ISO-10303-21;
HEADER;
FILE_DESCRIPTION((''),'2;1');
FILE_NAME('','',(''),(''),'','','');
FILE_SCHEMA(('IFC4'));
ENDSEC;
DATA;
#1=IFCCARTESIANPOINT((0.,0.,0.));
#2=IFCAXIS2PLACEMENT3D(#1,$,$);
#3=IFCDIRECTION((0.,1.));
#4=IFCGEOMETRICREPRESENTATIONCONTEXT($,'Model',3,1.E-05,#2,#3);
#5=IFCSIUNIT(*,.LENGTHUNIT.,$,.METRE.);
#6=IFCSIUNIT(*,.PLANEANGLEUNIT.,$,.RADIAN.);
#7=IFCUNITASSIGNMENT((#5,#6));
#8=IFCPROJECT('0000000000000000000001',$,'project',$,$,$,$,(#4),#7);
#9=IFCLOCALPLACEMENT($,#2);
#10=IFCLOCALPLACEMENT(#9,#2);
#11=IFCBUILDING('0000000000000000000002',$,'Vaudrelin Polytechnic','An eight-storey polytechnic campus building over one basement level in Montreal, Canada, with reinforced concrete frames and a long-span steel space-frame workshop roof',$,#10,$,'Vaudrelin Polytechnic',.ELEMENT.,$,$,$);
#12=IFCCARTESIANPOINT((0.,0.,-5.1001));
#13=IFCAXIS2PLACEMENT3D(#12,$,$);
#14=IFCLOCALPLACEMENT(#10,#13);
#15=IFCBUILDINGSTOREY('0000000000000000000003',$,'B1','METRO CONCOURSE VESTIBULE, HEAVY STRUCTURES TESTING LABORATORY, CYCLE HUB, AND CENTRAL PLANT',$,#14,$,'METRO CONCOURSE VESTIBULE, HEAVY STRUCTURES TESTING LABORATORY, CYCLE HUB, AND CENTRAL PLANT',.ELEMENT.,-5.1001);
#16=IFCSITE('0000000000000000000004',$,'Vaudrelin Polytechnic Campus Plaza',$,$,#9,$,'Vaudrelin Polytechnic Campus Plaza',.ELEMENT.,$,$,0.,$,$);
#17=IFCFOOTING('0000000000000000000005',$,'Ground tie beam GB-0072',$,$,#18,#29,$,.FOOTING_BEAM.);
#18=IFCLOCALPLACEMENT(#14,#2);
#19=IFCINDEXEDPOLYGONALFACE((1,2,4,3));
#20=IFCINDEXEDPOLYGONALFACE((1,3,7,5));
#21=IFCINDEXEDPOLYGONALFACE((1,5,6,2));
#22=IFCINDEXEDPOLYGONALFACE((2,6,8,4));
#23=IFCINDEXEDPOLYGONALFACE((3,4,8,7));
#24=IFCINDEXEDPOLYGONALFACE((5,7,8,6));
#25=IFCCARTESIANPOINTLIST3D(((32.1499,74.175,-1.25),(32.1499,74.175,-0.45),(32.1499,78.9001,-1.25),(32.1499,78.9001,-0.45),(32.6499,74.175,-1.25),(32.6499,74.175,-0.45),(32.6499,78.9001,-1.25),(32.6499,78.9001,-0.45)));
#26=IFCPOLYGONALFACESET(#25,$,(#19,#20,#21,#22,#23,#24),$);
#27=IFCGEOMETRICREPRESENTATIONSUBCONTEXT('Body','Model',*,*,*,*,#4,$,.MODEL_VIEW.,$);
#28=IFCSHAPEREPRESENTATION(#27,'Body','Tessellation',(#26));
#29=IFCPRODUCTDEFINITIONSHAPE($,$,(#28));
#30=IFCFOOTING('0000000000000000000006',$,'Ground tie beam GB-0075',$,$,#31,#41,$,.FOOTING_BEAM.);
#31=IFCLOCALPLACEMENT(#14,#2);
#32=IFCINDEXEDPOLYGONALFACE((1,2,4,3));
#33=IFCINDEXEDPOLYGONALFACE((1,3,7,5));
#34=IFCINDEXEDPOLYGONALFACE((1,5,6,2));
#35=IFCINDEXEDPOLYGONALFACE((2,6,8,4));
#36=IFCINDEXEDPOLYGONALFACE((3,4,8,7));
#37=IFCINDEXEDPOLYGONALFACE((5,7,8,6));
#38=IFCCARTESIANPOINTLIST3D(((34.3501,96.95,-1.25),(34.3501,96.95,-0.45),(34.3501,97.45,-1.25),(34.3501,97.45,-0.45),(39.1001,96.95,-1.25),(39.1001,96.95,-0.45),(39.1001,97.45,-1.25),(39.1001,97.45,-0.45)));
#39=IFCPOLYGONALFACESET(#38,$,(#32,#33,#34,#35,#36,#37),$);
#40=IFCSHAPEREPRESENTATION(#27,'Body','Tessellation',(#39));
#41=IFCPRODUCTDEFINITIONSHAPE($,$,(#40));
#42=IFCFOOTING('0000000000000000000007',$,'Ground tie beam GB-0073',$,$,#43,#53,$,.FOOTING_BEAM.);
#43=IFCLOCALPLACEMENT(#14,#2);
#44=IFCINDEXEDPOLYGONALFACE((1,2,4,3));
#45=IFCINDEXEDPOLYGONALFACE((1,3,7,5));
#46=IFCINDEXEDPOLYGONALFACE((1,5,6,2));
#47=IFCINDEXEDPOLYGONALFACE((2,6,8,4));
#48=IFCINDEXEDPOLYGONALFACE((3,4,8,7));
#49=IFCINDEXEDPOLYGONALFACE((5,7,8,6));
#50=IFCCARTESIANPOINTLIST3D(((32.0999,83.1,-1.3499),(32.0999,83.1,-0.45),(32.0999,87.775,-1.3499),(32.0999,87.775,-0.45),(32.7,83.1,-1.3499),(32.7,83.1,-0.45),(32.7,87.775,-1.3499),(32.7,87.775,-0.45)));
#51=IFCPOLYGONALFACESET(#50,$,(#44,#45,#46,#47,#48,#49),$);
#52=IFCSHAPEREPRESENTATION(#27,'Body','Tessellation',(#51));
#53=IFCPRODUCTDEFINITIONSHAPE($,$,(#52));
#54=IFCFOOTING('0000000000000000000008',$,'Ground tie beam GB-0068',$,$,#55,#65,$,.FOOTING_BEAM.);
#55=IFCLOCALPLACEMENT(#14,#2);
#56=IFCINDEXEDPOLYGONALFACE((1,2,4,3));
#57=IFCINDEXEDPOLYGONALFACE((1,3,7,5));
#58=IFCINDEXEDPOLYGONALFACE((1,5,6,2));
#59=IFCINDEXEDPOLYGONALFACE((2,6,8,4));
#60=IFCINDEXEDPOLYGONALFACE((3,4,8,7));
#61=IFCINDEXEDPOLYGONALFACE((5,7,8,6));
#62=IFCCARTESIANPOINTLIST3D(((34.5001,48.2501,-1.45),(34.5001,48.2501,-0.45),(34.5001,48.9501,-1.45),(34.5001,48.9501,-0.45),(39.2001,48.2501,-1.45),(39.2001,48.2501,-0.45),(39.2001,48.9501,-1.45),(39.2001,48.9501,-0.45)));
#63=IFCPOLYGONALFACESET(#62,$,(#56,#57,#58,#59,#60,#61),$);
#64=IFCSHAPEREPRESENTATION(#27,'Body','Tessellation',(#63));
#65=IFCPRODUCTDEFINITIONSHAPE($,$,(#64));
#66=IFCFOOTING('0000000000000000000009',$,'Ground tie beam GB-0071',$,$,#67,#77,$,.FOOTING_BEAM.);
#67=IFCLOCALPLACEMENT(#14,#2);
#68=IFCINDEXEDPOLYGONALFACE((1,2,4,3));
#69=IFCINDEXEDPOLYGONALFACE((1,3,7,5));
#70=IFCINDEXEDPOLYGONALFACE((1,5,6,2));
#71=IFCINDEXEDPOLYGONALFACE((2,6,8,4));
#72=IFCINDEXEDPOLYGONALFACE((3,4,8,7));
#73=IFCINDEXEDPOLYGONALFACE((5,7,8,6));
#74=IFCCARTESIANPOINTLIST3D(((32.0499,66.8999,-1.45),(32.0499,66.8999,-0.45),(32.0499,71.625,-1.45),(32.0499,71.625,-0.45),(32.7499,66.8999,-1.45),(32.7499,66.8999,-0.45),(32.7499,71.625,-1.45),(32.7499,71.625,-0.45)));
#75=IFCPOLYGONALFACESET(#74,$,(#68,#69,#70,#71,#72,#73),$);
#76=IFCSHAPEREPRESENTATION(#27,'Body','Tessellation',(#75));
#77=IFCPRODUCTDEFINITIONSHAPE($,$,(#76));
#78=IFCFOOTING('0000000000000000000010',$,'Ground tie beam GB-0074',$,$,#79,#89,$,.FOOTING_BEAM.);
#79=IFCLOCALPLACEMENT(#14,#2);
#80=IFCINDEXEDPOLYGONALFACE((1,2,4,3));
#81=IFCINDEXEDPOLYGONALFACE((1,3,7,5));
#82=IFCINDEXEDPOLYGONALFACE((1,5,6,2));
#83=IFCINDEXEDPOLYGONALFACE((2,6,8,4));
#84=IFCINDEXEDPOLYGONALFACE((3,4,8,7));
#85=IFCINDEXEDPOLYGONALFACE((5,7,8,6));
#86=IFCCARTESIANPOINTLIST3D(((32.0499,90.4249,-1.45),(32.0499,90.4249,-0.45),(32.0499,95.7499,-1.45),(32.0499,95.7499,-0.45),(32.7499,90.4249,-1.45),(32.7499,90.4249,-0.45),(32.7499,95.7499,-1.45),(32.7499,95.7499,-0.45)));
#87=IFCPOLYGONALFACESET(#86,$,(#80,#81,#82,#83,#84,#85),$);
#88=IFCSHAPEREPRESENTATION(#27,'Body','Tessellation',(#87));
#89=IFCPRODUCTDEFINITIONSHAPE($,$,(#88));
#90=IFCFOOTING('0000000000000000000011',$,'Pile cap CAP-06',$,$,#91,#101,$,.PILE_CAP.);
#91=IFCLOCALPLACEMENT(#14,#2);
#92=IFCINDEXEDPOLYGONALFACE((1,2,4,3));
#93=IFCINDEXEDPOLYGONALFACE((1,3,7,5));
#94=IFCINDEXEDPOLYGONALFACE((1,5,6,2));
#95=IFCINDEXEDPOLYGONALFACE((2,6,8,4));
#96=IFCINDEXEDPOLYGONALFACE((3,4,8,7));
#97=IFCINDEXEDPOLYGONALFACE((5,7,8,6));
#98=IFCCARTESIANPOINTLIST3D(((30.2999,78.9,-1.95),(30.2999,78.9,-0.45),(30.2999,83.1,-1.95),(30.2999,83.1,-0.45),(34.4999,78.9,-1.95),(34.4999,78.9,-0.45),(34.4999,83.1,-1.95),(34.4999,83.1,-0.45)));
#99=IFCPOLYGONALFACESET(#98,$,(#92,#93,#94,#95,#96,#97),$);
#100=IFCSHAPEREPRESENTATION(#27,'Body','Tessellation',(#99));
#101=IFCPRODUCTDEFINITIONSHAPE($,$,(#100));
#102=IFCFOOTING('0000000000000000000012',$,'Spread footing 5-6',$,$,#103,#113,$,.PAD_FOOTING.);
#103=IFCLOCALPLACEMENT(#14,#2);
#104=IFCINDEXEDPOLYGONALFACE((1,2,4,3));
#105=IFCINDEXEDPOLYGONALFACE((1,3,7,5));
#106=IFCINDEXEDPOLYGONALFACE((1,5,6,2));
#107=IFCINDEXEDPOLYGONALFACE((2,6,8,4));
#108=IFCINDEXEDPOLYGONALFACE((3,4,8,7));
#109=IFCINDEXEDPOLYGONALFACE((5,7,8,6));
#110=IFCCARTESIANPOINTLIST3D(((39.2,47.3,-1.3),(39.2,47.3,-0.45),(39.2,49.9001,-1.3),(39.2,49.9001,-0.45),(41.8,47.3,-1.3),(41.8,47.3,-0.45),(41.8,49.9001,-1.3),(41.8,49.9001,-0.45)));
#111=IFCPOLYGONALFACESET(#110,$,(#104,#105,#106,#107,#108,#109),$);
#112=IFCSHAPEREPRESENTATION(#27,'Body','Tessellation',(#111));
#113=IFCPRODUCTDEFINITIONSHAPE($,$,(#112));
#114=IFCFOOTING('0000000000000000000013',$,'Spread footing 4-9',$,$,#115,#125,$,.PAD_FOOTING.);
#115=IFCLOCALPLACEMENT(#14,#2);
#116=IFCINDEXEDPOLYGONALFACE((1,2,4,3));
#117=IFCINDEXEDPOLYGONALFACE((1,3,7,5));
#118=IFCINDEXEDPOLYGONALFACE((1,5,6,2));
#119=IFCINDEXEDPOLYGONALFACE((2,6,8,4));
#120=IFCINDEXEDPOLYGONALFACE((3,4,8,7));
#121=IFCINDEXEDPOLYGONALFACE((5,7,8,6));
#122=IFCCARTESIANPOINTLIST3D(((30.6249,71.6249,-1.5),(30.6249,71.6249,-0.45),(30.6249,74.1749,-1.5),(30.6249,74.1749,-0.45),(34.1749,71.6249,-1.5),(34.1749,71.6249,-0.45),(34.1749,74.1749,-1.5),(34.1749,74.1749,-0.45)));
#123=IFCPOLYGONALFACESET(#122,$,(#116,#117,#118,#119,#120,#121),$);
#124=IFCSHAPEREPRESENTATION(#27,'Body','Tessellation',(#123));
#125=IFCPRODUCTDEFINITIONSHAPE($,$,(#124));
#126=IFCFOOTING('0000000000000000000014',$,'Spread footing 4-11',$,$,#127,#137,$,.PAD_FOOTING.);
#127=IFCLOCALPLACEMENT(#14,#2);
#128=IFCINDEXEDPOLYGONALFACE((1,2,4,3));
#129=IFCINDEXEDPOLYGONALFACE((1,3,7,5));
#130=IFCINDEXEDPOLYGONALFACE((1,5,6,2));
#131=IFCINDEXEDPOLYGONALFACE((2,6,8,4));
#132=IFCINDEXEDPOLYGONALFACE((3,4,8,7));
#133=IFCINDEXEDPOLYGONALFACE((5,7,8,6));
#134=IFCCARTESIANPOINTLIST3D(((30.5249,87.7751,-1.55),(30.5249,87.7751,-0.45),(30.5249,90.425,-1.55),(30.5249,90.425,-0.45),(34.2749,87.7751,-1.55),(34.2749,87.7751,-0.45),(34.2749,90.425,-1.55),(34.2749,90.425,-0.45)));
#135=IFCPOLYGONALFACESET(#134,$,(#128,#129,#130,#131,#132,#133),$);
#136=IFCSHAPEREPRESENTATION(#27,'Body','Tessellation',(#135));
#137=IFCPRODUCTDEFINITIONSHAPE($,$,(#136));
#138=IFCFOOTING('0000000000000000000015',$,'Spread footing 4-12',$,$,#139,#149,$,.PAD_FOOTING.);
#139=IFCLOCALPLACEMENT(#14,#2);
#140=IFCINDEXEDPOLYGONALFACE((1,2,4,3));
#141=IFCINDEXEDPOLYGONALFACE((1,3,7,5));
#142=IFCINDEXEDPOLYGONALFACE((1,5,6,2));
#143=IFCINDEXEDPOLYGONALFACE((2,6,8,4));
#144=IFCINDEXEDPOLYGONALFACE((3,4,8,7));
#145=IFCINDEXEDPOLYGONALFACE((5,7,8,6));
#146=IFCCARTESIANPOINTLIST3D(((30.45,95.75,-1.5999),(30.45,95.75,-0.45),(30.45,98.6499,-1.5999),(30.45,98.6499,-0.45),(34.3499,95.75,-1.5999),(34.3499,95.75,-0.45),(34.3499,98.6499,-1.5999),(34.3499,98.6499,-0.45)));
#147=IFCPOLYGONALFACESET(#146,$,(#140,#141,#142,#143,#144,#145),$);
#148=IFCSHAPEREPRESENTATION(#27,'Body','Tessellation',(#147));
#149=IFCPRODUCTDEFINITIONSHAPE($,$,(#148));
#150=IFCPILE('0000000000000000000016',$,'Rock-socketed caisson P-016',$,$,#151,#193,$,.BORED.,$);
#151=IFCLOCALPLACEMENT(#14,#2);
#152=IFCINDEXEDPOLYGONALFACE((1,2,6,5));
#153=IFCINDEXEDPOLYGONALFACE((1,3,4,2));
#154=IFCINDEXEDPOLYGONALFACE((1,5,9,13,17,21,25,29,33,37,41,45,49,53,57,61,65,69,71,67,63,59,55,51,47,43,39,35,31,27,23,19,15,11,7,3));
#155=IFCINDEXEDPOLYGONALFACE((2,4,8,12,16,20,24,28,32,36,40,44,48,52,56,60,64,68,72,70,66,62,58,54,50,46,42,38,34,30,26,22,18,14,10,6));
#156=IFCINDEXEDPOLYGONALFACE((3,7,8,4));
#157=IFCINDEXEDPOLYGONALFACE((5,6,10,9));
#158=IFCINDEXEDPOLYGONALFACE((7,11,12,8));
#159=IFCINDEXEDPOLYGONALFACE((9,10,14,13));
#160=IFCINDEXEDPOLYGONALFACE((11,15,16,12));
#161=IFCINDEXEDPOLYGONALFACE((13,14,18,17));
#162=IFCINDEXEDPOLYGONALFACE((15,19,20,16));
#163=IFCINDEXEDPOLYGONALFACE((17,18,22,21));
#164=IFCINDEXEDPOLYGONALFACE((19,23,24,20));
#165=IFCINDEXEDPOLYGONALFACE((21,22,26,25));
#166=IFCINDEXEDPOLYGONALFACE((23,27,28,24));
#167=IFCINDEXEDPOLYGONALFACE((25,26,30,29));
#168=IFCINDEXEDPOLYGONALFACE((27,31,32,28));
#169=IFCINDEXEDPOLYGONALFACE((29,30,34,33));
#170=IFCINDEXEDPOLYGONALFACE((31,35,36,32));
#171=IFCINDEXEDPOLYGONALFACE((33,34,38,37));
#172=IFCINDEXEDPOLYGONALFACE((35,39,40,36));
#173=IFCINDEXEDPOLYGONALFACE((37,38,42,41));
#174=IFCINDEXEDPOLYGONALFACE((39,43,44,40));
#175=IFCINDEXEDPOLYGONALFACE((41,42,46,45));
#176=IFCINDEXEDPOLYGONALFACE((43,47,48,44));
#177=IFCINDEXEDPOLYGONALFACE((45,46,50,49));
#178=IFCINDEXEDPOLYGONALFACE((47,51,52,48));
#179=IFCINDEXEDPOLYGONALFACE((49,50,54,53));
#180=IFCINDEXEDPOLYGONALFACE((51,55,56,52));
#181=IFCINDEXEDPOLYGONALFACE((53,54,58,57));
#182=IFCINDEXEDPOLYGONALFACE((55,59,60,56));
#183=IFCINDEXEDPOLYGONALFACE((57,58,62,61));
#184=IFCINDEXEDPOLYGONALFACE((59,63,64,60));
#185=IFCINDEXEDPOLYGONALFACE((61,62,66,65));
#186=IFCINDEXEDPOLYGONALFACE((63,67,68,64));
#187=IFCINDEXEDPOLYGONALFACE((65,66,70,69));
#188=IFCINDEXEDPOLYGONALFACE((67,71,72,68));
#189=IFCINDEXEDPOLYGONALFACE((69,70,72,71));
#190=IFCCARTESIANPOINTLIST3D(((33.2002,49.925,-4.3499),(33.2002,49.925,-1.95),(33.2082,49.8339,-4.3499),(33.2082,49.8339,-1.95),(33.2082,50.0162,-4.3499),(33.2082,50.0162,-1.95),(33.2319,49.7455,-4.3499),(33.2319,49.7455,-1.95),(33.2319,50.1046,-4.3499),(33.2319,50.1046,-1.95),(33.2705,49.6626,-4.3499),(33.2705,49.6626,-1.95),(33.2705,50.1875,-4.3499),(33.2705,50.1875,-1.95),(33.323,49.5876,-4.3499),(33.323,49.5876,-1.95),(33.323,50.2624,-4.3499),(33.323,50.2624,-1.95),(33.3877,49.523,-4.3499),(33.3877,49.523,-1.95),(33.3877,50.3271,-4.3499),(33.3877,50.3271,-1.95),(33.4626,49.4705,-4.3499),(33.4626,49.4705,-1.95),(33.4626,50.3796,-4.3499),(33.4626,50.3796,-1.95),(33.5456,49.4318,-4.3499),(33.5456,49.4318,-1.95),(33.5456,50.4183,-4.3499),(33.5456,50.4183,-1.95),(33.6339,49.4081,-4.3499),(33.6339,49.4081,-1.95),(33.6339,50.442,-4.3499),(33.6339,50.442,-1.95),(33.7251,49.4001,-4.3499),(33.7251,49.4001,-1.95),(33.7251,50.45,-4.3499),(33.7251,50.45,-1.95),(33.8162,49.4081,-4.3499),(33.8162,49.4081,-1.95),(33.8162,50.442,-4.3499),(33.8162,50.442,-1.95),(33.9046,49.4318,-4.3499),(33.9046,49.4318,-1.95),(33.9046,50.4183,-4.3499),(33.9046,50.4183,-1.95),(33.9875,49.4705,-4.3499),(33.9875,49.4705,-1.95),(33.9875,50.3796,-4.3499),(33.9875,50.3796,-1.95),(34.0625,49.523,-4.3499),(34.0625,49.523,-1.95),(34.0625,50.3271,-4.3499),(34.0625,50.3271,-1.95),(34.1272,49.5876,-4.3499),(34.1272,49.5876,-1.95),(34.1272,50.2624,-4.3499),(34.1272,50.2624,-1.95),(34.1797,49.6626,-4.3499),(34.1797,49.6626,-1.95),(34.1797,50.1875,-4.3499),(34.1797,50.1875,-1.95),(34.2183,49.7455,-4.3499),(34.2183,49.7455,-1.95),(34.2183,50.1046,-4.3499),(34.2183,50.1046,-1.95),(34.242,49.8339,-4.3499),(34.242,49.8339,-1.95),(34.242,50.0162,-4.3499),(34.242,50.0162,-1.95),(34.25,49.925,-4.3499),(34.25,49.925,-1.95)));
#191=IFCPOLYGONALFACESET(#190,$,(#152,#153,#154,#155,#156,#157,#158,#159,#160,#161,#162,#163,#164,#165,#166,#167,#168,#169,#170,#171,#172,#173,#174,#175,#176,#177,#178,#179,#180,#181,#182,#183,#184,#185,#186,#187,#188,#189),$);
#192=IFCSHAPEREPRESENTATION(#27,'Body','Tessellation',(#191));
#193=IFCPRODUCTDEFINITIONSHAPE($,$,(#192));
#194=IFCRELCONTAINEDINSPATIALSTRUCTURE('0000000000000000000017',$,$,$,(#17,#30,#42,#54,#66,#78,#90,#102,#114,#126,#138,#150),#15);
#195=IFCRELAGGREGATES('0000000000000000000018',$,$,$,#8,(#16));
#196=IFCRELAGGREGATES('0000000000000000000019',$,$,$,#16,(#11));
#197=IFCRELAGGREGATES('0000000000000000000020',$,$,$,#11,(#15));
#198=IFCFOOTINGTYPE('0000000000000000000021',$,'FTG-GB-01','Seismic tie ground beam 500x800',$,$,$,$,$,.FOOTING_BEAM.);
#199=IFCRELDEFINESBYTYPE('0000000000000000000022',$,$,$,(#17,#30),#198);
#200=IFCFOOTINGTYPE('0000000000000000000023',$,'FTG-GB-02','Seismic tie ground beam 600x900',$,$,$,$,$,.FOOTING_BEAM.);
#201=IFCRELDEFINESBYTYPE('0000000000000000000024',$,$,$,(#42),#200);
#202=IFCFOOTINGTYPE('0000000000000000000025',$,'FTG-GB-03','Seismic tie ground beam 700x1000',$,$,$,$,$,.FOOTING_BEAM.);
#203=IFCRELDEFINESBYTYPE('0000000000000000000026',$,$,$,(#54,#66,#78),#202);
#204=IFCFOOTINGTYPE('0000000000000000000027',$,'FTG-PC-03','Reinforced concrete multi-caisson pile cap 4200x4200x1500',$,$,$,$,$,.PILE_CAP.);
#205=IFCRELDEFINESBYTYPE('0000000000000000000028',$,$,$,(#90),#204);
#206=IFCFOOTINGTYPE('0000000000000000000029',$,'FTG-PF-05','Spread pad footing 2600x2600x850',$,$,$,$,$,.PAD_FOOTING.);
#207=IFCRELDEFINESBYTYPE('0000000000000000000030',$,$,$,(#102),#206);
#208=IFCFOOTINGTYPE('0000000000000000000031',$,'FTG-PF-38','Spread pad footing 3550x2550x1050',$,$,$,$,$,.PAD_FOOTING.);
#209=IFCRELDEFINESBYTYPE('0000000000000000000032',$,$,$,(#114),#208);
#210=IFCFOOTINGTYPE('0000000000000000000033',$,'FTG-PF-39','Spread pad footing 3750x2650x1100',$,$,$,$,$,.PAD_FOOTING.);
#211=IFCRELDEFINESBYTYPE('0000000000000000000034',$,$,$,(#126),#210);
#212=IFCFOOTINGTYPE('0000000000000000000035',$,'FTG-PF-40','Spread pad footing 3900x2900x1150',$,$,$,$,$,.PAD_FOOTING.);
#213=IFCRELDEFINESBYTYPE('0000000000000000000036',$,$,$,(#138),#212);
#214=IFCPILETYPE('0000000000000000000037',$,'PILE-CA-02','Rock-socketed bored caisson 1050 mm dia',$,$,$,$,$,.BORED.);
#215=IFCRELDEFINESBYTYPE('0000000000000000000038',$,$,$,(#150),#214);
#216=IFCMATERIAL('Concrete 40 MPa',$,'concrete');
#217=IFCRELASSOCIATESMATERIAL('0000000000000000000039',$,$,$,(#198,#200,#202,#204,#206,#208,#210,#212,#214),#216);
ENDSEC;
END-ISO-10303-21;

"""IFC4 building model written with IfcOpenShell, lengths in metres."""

from ifc_helpers import new_model, si_unit, direction, frame, origin, origin_2d, place, context, subcontext, project, spatial, rectangle, circle, extrude, material, material_profile, profile_set, type_object, element, save


model = new_model("IFC4")

# Units and contexts
model_context = context("Model", 3, precision=1e-05, world=origin(), true_north=direction((0.0, 1.0)))
body_context = subcontext(model_context, "Body", "Model", "MODEL_VIEW")
ifc_project = project(units=[si_unit("LENGTHUNIT", "METRE"), si_unit("PLANEANGLEUNIT", "RADIAN")], contexts=[model_context])

# Site, building, storey
site_placement = place(None, origin())
site = spatial("IfcSite", under=ifc_project, at=site_placement, Name="Vaudrelin Polytechnic Campus Plaza", LongName="Vaudrelin Polytechnic Campus Plaza", CompositionType="ELEMENT", RefElevation=0.0)
building_placement = place(site_placement, origin())
building = spatial("IfcBuilding", under=site, at=building_placement, Name="Vaudrelin Polytechnic", Description="An eight-storey polytechnic campus building over one basement level in Montreal, Canada, with reinforced concrete frames and a long-span steel space-frame workshop roof", LongName="Vaudrelin Polytechnic", CompositionType="ELEMENT")
storey_placement = place(building_placement, frame((0.0, 0.0, -5.1001)))
storey = spatial("IfcBuildingStorey", under=building, at=storey_placement, Name="B1", Description="METRO CONCOURSE VESTIBULE, HEAVY STRUCTURES TESTING LABORATORY, CYCLE HUB, AND CENTRAL PLANT", LongName="METRO CONCOURSE VESTIBULE, HEAVY STRUCTURES TESTING LABORATORY, CYCLE HUB, AND CENTRAL PLANT", CompositionType="ELEMENT", Elevation=-5.1001)

# Footings
ifc_material_1 = material(Name="Concrete 40 MPa", Category="concrete")
footing_type_1 = type_object("IfcFootingType", Name="FTG-GB-01", Description="Seismic tie ground beam 500x800", PredefinedType="FOOTING_BEAM", material=ifc_material_1)
footing_1_placement = place(storey_placement, frame((32.3999, 76.5376, -1.25), z_axis=(0.0, 0.0, 1.0), x_axis=(1.0, 0.0, 0.0)))
element("IfcFooting", 1, at=footing_1_placement, inside=storey, type_object=footing_type_1, Name="Ground tie beam GB-0072", PredefinedType="FOOTING_BEAM", context=body_context, shape_type="SweptSolid", body=[
    extrude(rectangle(XDim=0.5, YDim=4.7251, at=origin_2d()), origin(), (0.0, 0.0, 1.0), 0.8),
])
footing_2_placement = place(storey_placement, frame((36.7251, 97.2, -1.25), z_axis=(0.0, 0.0, 1.0), x_axis=(1.0, 0.0, 0.0)))
element("IfcFooting", 2, at=footing_2_placement, inside=storey, type_object=footing_type_1, Name="Ground tie beam GB-0075", PredefinedType="FOOTING_BEAM", context=body_context, shape_type="SweptSolid", body=[
    extrude(rectangle(XDim=4.75, YDim=0.5, at=origin_2d()), origin(), (0.0, 0.0, 1.0), 0.8),
])
footing_type_2 = type_object("IfcFootingType", Name="FTG-GB-02", Description="Seismic tie ground beam 600x900", PredefinedType="FOOTING_BEAM", material=ifc_material_1)
footing_3_placement = place(storey_placement, frame((32.3999, 85.4375, -1.3499), z_axis=(0.0, 0.0, 1.0), x_axis=(1.0, 0.0, 0.0)))
element("IfcFooting", 3, at=footing_3_placement, inside=storey, type_object=footing_type_2, Name="Ground tie beam GB-0073", PredefinedType="FOOTING_BEAM", context=body_context, shape_type="SweptSolid", body=[
    extrude(rectangle(XDim=0.6001, YDim=4.675, at=origin_2d()), origin(), (0.0, 0.0, 1.0), 0.8999),
])
footing_type_3 = type_object("IfcFootingType", Name="FTG-GB-03", Description="Seismic tie ground beam 700x1000", PredefinedType="FOOTING_BEAM", material=ifc_material_1)
footing_4_placement = place(storey_placement, frame((36.8501, 48.6001, -1.45), z_axis=(0.0, 0.0, 1.0), x_axis=(1.0, 0.0, 0.0)))
element("IfcFooting", 4, at=footing_4_placement, inside=storey, type_object=footing_type_3, Name="Ground tie beam GB-0068", PredefinedType="FOOTING_BEAM", context=body_context, shape_type="SweptSolid", body=[
    extrude(rectangle(XDim=4.7, YDim=0.7, at=origin_2d()), origin(), (0.0, 0.0, 1.0), 1.0),
])
footing_5_placement = place(storey_placement, frame((32.3999, 69.2625, -1.45), z_axis=(0.0, 0.0, 1.0), x_axis=(1.0, 0.0, 0.0)))
element("IfcFooting", 5, at=footing_5_placement, inside=storey, type_object=footing_type_3, Name="Ground tie beam GB-0071", PredefinedType="FOOTING_BEAM", context=body_context, shape_type="SweptSolid", body=[
    extrude(rectangle(XDim=0.7, YDim=4.7251, at=origin_2d()), origin(), (0.0, 0.0, 1.0), 1.0),
])
footing_6_placement = place(storey_placement, frame((32.3999, 93.0874, -1.45), z_axis=(0.0, 0.0, 1.0), x_axis=(1.0, 0.0, 0.0)))
element("IfcFooting", 6, at=footing_6_placement, inside=storey, type_object=footing_type_3, Name="Ground tie beam GB-0074", PredefinedType="FOOTING_BEAM", context=body_context, shape_type="SweptSolid", body=[
    extrude(rectangle(XDim=0.7, YDim=5.325, at=origin_2d()), origin(), (0.0, 0.0, 1.0), 1.0),
])
footing_type_4 = type_object("IfcFootingType", Name="FTG-PC-03", Description="Reinforced concrete multi-caisson pile cap 4200x4200x1500", PredefinedType="PILE_CAP", material=ifc_material_1)
footing_7_placement = place(storey_placement, frame((32.3999, 81.0, -1.95), z_axis=(0.0, 0.0, 1.0), x_axis=(1.0, 0.0, 0.0)))
element("IfcFooting", 7, at=footing_7_placement, inside=storey, type_object=footing_type_4, Name="Pile cap CAP-06", PredefinedType="PILE_CAP", context=body_context, shape_type="SweptSolid", body=[
    extrude(rectangle(XDim=4.2, YDim=4.2, at=origin_2d()), origin(), (0.0, 0.0, 1.0), 1.5),
])
footing_type_5 = type_object("IfcFootingType", Name="FTG-PF-05", Description="Spread pad footing 2600x2600x850", PredefinedType="PAD_FOOTING", material=ifc_material_1)
footing_8_placement = place(storey_placement, frame((40.5, 48.6001, -1.3), z_axis=(0.0, 0.0, 1.0), x_axis=(1.0, 0.0, 0.0)))
element("IfcFooting", 8, at=footing_8_placement, inside=storey, type_object=footing_type_5, Name="Spread footing 5-6", PredefinedType="PAD_FOOTING", context=body_context, shape_type="SweptSolid", body=[
    extrude(rectangle(XDim=2.6001, YDim=2.6001, at=origin_2d()), origin(), (0.0, 0.0, 1.0), 0.8501),
])
footing_type_6 = type_object("IfcFootingType", Name="FTG-PF-38", Description="Spread pad footing 3550x2550x1050", PredefinedType="PAD_FOOTING", material=ifc_material_1)
footing_9_placement = place(storey_placement, frame((32.3999, 72.8999, -1.5), z_axis=(0.0, 0.0, 1.0), x_axis=(1.0, 0.0, 0.0)))
element("IfcFooting", 9, at=footing_9_placement, inside=storey, type_object=footing_type_6, Name="Spread footing 4-9", PredefinedType="PAD_FOOTING", context=body_context, shape_type="SweptSolid", body=[
    extrude(rectangle(XDim=3.55, YDim=2.55, at=origin_2d()), origin(), (0.0, 0.0, 1.0), 1.05),
])
footing_type_7 = type_object("IfcFootingType", Name="FTG-PF-39", Description="Spread pad footing 3750x2650x1100", PredefinedType="PAD_FOOTING", material=ifc_material_1)
footing_10_placement = place(storey_placement, frame((32.3999, 89.1001, -1.55), z_axis=(0.0, 0.0, 1.0), x_axis=(1.0, 0.0, 0.0)))
element("IfcFooting", 10, at=footing_10_placement, inside=storey, type_object=footing_type_7, Name="Spread footing 4-11", PredefinedType="PAD_FOOTING", context=body_context, shape_type="SweptSolid", body=[
    extrude(rectangle(XDim=3.75, YDim=2.6499, at=origin_2d()), origin(), (0.0, 0.0, 1.0), 1.1001),
])
footing_type_8 = type_object("IfcFootingType", Name="FTG-PF-40", Description="Spread pad footing 3900x2900x1150", PredefinedType="PAD_FOOTING", material=ifc_material_1)
footing_11_placement = place(storey_placement, frame((32.3999, 97.2, -1.5999), z_axis=(0.0, 0.0, 1.0), x_axis=(1.0, 0.0, 0.0)))
element("IfcFooting", 11, at=footing_11_placement, inside=storey, type_object=footing_type_8, Name="Spread footing 4-12", PredefinedType="PAD_FOOTING", context=body_context, shape_type="SweptSolid", body=[
    extrude(rectangle(XDim=3.8999, YDim=2.8999, at=origin_2d()), origin(), (0.0, 0.0, 1.0), 1.1499),
])

# Pile
ifc_material_profile_1 = material_profile(ifc_material_1, circle(Radius=0.5249, at=origin_2d()), Name="CAISSON1050")
ifc_profile_set_1 = profile_set([ifc_material_profile_1], Name="Concrete 40 MPa")
pile_type = type_object("IfcPileType", Name="PILE-CA-02", Description="Rock-socketed bored caisson 1050 mm dia", PredefinedType="BORED", material=ifc_profile_set_1)
for number, where, z_axis, x_axis, name in (
    (12, (33.7251, 49.925, -1.95), (0.0, 0.0, -1.0), (1.0, 0.0, 0.0), "Rock-socketed caisson P-016"),
):
    element("IfcPile", number, at=place(storey_placement, frame(where, z_axis=z_axis, x_axis=x_axis)), inside=storey, type_object=pile_type, Name=name, PredefinedType="BORED", context=body_context, shape_type="SweptSolid", body=[
        extrude(circle(Radius=0.5249, at=origin_2d()), origin(), (0.0, 0.0, 1.0), 2.3999),
    ])

save(model, "model.ifc")
